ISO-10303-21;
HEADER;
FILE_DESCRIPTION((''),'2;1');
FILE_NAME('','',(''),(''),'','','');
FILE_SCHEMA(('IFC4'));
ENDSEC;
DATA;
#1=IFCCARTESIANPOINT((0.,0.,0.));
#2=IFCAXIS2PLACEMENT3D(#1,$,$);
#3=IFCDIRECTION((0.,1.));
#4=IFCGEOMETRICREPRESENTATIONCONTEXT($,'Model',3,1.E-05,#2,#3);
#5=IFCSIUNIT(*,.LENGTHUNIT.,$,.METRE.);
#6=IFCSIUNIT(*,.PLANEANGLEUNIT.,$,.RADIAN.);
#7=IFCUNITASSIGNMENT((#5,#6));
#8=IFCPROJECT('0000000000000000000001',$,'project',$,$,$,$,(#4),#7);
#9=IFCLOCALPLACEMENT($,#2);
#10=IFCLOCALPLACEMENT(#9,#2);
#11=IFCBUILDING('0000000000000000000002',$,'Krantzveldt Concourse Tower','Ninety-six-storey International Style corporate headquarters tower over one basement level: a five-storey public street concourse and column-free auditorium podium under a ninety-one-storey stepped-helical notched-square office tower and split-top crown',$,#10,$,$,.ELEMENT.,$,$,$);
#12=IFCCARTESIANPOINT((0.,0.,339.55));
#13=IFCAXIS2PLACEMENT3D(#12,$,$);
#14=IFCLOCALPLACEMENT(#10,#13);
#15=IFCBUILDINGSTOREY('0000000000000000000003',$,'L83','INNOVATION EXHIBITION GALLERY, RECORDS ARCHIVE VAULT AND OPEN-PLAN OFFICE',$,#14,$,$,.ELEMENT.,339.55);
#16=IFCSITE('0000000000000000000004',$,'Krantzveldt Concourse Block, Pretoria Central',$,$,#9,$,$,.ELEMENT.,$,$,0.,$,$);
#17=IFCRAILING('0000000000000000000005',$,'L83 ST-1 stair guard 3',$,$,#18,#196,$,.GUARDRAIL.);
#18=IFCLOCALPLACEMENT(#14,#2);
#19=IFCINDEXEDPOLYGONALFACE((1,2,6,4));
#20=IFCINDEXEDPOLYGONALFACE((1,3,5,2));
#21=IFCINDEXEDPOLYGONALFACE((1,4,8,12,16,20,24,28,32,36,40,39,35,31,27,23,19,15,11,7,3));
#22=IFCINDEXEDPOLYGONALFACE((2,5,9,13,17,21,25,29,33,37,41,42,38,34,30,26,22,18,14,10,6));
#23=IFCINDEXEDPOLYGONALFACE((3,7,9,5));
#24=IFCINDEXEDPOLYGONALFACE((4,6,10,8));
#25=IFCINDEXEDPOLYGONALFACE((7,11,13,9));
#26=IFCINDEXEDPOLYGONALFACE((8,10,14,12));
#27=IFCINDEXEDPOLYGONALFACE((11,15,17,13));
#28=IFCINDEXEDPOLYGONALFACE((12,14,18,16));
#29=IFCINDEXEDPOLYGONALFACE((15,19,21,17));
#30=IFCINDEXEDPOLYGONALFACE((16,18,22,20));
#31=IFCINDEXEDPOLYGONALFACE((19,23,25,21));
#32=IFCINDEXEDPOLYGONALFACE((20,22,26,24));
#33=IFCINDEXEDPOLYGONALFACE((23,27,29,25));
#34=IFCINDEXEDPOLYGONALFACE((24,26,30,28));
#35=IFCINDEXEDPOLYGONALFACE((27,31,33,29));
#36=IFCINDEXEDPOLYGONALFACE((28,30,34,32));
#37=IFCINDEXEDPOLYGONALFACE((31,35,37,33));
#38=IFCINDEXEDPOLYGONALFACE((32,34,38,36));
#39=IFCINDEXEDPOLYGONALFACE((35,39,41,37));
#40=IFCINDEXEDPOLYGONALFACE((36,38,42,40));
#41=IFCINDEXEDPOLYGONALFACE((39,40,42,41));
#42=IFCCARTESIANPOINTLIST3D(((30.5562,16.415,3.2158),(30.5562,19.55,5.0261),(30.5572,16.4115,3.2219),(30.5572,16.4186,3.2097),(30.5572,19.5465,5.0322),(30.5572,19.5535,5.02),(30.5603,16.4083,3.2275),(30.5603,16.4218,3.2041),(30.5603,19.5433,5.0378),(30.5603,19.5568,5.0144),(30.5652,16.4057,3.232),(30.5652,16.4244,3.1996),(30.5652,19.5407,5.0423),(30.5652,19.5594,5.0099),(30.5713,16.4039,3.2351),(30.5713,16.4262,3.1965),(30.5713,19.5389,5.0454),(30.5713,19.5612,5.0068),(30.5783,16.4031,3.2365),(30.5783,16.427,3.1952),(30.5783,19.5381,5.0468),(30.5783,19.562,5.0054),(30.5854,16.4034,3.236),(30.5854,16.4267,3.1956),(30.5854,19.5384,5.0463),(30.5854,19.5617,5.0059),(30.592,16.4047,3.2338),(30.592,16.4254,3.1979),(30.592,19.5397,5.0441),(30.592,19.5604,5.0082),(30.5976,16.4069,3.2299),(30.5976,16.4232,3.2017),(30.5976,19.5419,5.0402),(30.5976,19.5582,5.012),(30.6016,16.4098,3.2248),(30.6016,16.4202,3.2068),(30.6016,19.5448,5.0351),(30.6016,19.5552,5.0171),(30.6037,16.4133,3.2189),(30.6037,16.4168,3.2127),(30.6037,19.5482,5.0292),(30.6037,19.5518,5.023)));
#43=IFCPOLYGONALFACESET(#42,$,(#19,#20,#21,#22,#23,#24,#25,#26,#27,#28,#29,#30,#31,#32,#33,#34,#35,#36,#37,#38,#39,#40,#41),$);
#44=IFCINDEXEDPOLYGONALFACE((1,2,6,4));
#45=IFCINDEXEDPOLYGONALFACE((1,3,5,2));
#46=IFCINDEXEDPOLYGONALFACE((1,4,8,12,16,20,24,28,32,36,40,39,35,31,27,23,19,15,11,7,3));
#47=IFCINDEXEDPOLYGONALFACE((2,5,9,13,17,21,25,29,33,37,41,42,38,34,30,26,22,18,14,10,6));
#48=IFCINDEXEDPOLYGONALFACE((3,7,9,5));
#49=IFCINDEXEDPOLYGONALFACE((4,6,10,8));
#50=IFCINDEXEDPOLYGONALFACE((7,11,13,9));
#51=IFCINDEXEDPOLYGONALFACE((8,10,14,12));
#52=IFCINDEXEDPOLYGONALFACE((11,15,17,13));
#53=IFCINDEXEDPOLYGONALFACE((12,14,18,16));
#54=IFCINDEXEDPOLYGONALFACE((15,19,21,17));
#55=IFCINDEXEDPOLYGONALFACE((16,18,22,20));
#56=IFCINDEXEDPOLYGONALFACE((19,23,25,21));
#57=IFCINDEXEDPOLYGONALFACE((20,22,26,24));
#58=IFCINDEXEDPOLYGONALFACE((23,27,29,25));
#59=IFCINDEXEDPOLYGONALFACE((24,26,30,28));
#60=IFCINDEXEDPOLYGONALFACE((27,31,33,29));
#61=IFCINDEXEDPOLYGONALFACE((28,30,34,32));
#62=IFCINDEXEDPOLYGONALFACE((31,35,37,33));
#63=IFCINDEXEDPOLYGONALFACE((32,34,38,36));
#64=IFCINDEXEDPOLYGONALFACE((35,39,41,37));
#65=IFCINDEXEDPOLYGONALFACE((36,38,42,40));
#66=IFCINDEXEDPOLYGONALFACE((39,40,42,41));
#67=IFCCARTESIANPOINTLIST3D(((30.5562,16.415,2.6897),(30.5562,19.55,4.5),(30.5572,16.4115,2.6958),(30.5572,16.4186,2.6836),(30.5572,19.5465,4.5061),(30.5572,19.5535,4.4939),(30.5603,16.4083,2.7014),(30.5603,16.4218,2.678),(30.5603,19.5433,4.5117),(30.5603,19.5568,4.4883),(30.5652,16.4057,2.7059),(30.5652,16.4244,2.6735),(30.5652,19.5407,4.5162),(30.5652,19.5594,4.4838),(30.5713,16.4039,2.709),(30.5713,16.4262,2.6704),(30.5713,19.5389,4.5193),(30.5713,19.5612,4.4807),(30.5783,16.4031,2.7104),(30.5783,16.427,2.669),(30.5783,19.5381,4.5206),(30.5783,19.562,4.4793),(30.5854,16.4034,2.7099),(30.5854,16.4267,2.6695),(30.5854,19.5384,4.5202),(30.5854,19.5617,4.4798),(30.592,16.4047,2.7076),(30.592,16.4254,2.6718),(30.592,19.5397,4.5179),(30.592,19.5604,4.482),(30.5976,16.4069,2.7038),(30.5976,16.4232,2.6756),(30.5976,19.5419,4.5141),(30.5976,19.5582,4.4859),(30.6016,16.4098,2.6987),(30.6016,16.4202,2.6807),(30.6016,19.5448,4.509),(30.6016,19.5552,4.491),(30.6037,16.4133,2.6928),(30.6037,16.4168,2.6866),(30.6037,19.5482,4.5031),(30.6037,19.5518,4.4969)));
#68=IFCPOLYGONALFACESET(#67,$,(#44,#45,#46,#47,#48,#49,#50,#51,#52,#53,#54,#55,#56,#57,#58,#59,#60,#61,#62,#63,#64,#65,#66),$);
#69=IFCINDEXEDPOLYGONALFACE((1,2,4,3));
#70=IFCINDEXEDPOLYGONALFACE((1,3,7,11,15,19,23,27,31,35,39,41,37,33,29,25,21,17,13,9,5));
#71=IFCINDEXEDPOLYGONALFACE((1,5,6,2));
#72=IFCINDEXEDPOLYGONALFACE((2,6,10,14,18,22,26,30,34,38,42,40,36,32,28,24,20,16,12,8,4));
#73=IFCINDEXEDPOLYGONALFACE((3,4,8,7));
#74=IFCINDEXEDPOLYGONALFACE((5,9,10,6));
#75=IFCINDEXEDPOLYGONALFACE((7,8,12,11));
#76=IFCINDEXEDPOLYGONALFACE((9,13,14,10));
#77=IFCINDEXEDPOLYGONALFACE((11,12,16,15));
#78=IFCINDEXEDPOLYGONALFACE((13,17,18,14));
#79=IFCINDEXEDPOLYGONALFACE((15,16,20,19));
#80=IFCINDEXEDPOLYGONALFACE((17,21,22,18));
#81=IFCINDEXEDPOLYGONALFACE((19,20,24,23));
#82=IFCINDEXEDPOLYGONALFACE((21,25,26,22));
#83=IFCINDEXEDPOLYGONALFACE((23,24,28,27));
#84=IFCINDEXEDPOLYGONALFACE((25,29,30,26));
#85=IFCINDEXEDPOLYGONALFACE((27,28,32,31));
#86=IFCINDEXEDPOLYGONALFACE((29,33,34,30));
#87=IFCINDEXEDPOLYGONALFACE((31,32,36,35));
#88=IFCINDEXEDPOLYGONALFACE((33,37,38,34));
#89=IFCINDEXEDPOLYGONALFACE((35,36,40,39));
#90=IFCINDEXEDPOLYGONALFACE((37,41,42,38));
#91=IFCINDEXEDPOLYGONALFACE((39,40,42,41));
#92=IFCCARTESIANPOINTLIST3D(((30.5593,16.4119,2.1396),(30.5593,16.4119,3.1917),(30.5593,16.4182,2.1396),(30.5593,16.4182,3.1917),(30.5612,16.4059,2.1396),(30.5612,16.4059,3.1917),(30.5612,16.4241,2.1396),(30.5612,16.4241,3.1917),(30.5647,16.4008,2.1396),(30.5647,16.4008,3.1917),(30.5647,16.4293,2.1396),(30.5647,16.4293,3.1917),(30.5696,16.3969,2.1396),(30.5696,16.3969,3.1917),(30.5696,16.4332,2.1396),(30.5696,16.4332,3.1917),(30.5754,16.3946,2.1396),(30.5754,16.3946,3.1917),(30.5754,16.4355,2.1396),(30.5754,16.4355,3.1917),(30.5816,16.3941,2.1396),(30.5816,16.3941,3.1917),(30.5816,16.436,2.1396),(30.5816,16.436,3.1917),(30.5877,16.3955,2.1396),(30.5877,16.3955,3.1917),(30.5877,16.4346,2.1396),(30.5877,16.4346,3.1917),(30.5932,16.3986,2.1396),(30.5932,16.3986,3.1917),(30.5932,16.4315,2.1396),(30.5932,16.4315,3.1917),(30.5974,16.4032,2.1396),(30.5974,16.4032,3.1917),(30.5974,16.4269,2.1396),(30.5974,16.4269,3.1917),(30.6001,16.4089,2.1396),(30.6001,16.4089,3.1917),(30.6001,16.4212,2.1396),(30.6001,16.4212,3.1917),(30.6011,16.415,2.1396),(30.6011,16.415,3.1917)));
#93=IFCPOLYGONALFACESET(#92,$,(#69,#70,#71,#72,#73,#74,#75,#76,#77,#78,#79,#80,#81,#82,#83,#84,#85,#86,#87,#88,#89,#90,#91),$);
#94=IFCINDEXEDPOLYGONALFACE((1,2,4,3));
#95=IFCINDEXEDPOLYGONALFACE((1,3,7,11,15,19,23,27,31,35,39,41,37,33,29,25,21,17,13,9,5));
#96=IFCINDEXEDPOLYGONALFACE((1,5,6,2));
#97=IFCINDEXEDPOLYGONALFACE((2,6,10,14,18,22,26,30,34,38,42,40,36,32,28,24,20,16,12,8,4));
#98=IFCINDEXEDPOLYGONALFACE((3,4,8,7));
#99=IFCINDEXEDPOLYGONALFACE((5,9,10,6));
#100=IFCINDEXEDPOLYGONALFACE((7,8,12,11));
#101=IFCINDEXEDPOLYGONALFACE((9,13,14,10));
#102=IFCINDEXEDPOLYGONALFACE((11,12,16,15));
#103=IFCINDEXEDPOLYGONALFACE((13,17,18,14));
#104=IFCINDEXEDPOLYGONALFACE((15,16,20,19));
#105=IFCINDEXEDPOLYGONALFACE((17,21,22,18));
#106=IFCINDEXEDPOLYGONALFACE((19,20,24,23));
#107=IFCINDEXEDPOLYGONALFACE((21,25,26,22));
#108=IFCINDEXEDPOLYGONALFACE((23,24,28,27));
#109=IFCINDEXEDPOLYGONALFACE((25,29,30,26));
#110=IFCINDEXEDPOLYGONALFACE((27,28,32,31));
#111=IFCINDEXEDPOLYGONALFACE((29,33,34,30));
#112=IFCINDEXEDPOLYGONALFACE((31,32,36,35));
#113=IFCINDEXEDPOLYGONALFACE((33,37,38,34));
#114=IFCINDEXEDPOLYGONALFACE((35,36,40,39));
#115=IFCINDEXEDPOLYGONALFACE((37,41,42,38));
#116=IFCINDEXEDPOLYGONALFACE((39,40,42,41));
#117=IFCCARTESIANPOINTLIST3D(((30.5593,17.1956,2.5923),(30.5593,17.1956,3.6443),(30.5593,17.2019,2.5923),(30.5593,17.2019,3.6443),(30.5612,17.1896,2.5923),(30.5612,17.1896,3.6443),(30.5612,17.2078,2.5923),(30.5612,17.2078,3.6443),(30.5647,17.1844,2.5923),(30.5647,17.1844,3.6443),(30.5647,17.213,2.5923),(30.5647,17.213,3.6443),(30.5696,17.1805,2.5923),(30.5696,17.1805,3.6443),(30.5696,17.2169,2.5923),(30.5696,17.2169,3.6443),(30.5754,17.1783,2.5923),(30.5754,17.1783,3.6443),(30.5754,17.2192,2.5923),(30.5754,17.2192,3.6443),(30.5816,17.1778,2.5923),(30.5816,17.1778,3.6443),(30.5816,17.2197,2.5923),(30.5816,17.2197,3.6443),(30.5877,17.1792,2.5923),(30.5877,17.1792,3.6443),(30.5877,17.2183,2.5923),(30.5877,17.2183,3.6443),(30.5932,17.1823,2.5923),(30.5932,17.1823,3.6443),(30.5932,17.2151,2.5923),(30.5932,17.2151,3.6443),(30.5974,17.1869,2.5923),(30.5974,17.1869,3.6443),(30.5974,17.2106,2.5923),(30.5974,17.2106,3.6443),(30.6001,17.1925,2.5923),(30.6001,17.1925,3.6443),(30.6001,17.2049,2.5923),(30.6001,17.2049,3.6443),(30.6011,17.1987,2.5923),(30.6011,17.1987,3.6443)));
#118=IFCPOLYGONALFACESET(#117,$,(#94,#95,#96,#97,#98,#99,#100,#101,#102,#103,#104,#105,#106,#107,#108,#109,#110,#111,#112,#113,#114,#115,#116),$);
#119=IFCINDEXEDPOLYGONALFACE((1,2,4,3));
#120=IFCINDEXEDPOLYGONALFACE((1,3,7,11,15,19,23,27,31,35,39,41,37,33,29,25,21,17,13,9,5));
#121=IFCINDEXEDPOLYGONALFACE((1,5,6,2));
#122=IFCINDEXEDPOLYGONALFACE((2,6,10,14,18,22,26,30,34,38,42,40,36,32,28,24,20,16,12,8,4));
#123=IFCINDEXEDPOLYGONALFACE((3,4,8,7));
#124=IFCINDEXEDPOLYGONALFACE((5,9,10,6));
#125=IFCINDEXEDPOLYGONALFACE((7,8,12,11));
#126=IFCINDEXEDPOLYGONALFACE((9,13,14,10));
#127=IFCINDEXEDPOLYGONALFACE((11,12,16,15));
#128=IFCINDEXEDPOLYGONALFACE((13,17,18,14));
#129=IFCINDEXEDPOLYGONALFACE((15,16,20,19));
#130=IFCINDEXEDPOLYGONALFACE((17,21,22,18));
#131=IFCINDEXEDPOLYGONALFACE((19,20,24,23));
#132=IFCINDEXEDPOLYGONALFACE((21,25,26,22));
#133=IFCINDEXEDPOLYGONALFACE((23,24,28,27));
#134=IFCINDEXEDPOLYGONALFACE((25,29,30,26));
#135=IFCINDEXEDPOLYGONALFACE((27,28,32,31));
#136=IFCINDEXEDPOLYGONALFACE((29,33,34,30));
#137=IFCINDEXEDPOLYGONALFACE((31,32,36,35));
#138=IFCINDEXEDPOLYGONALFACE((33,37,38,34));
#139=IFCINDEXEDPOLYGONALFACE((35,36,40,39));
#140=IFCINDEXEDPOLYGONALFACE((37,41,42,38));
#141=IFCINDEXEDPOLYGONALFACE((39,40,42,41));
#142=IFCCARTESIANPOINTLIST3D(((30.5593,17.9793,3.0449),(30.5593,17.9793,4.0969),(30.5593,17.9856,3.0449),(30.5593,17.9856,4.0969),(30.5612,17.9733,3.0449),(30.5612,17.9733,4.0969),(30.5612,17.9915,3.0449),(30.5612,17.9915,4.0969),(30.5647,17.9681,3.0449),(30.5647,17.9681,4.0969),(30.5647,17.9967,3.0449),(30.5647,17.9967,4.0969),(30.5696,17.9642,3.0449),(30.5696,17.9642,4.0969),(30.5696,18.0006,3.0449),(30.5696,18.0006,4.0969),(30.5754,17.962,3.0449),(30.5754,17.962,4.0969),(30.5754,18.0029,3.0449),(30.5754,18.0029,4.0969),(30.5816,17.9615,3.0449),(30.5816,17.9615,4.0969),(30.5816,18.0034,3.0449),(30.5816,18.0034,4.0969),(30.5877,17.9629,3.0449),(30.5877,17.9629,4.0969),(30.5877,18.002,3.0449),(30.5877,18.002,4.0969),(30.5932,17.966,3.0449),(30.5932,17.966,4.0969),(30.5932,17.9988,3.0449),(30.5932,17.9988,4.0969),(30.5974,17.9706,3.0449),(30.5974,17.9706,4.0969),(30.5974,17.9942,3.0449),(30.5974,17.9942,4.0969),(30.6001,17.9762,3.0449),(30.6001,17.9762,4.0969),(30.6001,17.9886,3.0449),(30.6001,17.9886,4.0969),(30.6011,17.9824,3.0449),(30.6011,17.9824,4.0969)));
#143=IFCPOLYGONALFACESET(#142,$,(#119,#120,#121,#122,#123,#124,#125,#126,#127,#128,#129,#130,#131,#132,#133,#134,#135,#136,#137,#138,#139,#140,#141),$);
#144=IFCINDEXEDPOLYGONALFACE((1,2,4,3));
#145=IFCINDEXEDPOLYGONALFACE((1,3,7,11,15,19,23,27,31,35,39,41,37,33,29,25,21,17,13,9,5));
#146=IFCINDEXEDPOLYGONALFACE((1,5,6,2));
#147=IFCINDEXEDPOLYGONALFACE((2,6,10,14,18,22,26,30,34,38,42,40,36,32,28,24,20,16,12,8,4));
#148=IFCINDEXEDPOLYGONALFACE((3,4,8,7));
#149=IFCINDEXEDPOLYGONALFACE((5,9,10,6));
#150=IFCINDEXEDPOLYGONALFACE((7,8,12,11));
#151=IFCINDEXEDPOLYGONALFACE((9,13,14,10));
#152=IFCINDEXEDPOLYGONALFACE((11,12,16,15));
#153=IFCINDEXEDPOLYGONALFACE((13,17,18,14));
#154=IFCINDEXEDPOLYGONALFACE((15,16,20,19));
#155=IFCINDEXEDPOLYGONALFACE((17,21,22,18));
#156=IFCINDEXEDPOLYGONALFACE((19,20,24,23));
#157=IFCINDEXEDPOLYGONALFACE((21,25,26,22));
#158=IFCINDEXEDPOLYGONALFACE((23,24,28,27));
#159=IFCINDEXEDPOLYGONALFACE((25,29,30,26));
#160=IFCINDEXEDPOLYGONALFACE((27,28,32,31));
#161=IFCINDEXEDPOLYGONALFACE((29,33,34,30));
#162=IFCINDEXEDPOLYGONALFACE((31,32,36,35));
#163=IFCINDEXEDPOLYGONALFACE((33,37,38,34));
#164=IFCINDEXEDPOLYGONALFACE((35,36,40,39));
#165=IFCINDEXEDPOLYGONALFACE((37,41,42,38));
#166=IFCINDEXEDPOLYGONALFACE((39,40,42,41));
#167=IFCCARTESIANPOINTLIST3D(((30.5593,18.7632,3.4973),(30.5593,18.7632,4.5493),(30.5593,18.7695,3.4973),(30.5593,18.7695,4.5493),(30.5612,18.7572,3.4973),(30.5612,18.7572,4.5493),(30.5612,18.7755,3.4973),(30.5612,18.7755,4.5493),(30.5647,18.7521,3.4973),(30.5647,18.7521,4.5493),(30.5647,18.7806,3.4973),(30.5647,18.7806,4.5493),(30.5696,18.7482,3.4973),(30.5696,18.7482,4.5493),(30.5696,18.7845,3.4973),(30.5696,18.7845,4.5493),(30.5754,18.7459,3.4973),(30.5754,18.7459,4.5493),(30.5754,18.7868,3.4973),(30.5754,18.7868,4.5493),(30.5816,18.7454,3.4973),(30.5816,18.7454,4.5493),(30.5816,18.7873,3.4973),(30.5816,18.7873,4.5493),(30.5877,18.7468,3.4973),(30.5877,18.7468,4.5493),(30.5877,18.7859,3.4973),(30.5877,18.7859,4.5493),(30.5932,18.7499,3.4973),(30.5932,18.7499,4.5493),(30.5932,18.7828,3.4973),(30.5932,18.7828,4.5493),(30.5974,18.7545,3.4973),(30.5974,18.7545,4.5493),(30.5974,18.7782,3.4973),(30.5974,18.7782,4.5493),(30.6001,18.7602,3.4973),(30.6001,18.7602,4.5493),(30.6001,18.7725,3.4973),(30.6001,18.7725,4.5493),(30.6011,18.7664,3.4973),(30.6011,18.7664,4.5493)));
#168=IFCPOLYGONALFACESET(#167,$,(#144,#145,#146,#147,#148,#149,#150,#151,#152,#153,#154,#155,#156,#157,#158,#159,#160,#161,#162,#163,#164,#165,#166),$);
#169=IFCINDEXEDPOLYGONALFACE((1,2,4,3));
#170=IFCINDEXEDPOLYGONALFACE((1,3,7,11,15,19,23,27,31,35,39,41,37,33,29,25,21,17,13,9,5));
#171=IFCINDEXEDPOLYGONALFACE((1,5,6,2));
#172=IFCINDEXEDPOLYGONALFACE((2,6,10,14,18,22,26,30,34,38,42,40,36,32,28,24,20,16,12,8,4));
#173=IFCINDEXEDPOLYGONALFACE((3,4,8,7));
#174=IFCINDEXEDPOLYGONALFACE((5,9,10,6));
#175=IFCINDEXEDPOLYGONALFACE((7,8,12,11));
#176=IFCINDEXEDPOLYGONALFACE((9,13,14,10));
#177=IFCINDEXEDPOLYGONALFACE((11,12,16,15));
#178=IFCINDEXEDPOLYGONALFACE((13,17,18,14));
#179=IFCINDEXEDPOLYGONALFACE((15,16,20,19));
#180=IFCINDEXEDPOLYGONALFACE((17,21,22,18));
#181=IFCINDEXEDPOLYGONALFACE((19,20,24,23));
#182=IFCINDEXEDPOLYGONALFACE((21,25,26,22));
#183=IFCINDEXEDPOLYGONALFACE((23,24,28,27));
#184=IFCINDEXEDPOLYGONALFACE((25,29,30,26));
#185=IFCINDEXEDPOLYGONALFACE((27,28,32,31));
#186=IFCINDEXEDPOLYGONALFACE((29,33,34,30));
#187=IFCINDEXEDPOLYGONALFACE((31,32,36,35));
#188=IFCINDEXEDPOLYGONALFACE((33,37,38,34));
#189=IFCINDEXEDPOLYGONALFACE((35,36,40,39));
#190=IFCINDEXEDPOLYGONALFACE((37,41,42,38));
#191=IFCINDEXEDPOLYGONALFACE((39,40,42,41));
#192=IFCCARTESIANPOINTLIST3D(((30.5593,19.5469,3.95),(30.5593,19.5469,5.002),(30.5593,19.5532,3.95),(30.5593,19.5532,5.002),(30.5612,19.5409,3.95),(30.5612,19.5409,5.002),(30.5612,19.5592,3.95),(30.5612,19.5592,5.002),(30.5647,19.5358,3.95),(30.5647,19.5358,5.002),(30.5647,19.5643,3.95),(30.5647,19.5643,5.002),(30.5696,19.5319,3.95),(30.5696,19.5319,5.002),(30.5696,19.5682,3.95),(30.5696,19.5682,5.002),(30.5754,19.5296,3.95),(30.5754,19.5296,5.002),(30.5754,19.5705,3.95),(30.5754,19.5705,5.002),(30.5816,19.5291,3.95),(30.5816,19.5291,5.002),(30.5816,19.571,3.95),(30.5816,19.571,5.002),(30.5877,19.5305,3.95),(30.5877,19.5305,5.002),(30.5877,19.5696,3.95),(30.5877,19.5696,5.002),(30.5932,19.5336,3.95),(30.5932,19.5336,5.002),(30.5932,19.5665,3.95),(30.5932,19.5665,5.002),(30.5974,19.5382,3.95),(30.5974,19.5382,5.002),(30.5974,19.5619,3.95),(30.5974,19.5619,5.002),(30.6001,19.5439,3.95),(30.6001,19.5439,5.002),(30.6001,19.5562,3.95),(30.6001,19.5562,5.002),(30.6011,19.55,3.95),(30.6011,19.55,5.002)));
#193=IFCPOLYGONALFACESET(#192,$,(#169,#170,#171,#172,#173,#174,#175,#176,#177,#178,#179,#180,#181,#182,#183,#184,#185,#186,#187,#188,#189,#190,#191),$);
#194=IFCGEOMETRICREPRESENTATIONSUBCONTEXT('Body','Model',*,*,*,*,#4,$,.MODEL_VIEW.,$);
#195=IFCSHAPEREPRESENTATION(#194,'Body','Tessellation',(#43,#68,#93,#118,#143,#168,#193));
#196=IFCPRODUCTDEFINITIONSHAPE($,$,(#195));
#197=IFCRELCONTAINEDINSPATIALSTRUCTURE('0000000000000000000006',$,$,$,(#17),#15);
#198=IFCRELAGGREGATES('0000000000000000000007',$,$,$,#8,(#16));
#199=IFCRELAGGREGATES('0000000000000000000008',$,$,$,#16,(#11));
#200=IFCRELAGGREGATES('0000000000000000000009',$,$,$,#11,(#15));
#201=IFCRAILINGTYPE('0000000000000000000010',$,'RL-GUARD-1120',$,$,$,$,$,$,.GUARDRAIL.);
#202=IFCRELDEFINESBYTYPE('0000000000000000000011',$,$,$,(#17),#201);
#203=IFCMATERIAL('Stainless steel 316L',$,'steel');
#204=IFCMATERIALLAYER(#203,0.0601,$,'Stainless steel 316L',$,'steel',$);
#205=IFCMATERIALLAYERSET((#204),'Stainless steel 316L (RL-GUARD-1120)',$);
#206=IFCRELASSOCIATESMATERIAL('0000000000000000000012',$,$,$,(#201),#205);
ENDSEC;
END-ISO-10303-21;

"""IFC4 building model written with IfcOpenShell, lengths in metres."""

from ifc_helpers import new_model, si_unit, direction, frame, origin, origin_2d, place, context, subcontext, project, spatial, circle, extrude, material, layer, layer_set, type_object, element, save


model = new_model("IFC4")

# Units and contexts
model_context = context("Model", 3, precision=1e-05, world=origin(), true_north=direction((0.0, 1.0)))
body_context = subcontext(model_context, "Body", "Model", "MODEL_VIEW")
ifc_project = project(units=[si_unit("LENGTHUNIT", "METRE"), si_unit("PLANEANGLEUNIT", "RADIAN")], contexts=[model_context])

# Site, building, storey
site_placement = place(None, origin())
site = spatial("IfcSite", under=ifc_project, at=site_placement, Name="Krantzveldt Concourse Block, Pretoria Central", CompositionType="ELEMENT", RefElevation=0.0)
building_placement = place(site_placement, origin())
building = spatial("IfcBuilding", under=site, at=building_placement, Name="Krantzveldt Concourse Tower", Description="Ninety-six-storey International Style corporate headquarters tower over one basement level: a five-storey public street concourse and column-free auditorium podium under a ninety-one-storey stepped-helical notched-square office tower and split-top crown", CompositionType="ELEMENT")
storey_placement = place(building_placement, frame((0.0, 0.0, 339.55)))
storey = spatial("IfcBuildingStorey", under=building, at=storey_placement, Name="L83", Description="INNOVATION EXHIBITION GALLERY, RECORDS ARCHIVE VAULT AND OPEN-PLAN OFFICE", CompositionType="ELEMENT", Elevation=339.55)

# Railing
ifc_material_1 = material(Name="Stainless steel 316L", Category="steel")
ifc_layer_1 = layer(ifc_material_1, 0.0601, Name="Stainless steel 316L", Category="steel")
ifc_layer_set_1 = layer_set([ifc_layer_1], Name="Stainless steel 316L (RL-GUARD-1120)")
railing_type_1 = type_object("IfcRailingType", Name="RL-GUARD-1120", PredefinedType="GUARDRAIL", material=ifc_layer_set_1)
railing_1_placement = place(storey_placement, frame((30.5801, 16.415, 2.1396)))
element("IfcRailing", 1, at=railing_1_placement, inside=storey, type_object=railing_type_1, Name="L83 ST-1 stair guard 3", PredefinedType="GUARDRAIL", context=body_context, shape_type="SweptSolid", body=[
    extrude(circle(Radius=0.0239, at=origin_2d()), frame((0.0, 0.0, 1.0762), z_axis=(0.0, 0.865989, 0.500063), x_axis=(-1.0, 0.0, 0.0)), (0.0, 0.0, 1.0), 3.6201),
    extrude(circle(Radius=0.0239, at=origin_2d()), frame((0.0, 0.0, 0.55), z_axis=(0.0, 0.865989, 0.500063), x_axis=(-1.0, 0.0, 0.0)), (0.0, 0.0, 1.0), 3.6201),
    extrude(circle(Radius=0.021, at=origin_2d()), origin(), (0.0, 0.0, 1.0), 1.052),
    extrude(circle(Radius=0.021, at=origin_2d()), frame((0.0, 0.7837, 0.4526)), (0.0, 0.0, 1.0), 1.052),
    extrude(circle(Radius=0.021, at=origin_2d()), frame((0.0, 1.5674, 0.9053)), (0.0, 0.0, 1.0), 1.052),
    extrude(circle(Radius=0.021, at=origin_2d()), frame((0.0, 2.3513, 1.3577)), (0.0, 0.0, 1.0), 1.052),
    extrude(circle(Radius=0.021, at=origin_2d()), frame((0.0, 3.135, 1.8103)), (0.0, 0.0, 1.0), 1.052),
])

save(model, "model.ifc")
